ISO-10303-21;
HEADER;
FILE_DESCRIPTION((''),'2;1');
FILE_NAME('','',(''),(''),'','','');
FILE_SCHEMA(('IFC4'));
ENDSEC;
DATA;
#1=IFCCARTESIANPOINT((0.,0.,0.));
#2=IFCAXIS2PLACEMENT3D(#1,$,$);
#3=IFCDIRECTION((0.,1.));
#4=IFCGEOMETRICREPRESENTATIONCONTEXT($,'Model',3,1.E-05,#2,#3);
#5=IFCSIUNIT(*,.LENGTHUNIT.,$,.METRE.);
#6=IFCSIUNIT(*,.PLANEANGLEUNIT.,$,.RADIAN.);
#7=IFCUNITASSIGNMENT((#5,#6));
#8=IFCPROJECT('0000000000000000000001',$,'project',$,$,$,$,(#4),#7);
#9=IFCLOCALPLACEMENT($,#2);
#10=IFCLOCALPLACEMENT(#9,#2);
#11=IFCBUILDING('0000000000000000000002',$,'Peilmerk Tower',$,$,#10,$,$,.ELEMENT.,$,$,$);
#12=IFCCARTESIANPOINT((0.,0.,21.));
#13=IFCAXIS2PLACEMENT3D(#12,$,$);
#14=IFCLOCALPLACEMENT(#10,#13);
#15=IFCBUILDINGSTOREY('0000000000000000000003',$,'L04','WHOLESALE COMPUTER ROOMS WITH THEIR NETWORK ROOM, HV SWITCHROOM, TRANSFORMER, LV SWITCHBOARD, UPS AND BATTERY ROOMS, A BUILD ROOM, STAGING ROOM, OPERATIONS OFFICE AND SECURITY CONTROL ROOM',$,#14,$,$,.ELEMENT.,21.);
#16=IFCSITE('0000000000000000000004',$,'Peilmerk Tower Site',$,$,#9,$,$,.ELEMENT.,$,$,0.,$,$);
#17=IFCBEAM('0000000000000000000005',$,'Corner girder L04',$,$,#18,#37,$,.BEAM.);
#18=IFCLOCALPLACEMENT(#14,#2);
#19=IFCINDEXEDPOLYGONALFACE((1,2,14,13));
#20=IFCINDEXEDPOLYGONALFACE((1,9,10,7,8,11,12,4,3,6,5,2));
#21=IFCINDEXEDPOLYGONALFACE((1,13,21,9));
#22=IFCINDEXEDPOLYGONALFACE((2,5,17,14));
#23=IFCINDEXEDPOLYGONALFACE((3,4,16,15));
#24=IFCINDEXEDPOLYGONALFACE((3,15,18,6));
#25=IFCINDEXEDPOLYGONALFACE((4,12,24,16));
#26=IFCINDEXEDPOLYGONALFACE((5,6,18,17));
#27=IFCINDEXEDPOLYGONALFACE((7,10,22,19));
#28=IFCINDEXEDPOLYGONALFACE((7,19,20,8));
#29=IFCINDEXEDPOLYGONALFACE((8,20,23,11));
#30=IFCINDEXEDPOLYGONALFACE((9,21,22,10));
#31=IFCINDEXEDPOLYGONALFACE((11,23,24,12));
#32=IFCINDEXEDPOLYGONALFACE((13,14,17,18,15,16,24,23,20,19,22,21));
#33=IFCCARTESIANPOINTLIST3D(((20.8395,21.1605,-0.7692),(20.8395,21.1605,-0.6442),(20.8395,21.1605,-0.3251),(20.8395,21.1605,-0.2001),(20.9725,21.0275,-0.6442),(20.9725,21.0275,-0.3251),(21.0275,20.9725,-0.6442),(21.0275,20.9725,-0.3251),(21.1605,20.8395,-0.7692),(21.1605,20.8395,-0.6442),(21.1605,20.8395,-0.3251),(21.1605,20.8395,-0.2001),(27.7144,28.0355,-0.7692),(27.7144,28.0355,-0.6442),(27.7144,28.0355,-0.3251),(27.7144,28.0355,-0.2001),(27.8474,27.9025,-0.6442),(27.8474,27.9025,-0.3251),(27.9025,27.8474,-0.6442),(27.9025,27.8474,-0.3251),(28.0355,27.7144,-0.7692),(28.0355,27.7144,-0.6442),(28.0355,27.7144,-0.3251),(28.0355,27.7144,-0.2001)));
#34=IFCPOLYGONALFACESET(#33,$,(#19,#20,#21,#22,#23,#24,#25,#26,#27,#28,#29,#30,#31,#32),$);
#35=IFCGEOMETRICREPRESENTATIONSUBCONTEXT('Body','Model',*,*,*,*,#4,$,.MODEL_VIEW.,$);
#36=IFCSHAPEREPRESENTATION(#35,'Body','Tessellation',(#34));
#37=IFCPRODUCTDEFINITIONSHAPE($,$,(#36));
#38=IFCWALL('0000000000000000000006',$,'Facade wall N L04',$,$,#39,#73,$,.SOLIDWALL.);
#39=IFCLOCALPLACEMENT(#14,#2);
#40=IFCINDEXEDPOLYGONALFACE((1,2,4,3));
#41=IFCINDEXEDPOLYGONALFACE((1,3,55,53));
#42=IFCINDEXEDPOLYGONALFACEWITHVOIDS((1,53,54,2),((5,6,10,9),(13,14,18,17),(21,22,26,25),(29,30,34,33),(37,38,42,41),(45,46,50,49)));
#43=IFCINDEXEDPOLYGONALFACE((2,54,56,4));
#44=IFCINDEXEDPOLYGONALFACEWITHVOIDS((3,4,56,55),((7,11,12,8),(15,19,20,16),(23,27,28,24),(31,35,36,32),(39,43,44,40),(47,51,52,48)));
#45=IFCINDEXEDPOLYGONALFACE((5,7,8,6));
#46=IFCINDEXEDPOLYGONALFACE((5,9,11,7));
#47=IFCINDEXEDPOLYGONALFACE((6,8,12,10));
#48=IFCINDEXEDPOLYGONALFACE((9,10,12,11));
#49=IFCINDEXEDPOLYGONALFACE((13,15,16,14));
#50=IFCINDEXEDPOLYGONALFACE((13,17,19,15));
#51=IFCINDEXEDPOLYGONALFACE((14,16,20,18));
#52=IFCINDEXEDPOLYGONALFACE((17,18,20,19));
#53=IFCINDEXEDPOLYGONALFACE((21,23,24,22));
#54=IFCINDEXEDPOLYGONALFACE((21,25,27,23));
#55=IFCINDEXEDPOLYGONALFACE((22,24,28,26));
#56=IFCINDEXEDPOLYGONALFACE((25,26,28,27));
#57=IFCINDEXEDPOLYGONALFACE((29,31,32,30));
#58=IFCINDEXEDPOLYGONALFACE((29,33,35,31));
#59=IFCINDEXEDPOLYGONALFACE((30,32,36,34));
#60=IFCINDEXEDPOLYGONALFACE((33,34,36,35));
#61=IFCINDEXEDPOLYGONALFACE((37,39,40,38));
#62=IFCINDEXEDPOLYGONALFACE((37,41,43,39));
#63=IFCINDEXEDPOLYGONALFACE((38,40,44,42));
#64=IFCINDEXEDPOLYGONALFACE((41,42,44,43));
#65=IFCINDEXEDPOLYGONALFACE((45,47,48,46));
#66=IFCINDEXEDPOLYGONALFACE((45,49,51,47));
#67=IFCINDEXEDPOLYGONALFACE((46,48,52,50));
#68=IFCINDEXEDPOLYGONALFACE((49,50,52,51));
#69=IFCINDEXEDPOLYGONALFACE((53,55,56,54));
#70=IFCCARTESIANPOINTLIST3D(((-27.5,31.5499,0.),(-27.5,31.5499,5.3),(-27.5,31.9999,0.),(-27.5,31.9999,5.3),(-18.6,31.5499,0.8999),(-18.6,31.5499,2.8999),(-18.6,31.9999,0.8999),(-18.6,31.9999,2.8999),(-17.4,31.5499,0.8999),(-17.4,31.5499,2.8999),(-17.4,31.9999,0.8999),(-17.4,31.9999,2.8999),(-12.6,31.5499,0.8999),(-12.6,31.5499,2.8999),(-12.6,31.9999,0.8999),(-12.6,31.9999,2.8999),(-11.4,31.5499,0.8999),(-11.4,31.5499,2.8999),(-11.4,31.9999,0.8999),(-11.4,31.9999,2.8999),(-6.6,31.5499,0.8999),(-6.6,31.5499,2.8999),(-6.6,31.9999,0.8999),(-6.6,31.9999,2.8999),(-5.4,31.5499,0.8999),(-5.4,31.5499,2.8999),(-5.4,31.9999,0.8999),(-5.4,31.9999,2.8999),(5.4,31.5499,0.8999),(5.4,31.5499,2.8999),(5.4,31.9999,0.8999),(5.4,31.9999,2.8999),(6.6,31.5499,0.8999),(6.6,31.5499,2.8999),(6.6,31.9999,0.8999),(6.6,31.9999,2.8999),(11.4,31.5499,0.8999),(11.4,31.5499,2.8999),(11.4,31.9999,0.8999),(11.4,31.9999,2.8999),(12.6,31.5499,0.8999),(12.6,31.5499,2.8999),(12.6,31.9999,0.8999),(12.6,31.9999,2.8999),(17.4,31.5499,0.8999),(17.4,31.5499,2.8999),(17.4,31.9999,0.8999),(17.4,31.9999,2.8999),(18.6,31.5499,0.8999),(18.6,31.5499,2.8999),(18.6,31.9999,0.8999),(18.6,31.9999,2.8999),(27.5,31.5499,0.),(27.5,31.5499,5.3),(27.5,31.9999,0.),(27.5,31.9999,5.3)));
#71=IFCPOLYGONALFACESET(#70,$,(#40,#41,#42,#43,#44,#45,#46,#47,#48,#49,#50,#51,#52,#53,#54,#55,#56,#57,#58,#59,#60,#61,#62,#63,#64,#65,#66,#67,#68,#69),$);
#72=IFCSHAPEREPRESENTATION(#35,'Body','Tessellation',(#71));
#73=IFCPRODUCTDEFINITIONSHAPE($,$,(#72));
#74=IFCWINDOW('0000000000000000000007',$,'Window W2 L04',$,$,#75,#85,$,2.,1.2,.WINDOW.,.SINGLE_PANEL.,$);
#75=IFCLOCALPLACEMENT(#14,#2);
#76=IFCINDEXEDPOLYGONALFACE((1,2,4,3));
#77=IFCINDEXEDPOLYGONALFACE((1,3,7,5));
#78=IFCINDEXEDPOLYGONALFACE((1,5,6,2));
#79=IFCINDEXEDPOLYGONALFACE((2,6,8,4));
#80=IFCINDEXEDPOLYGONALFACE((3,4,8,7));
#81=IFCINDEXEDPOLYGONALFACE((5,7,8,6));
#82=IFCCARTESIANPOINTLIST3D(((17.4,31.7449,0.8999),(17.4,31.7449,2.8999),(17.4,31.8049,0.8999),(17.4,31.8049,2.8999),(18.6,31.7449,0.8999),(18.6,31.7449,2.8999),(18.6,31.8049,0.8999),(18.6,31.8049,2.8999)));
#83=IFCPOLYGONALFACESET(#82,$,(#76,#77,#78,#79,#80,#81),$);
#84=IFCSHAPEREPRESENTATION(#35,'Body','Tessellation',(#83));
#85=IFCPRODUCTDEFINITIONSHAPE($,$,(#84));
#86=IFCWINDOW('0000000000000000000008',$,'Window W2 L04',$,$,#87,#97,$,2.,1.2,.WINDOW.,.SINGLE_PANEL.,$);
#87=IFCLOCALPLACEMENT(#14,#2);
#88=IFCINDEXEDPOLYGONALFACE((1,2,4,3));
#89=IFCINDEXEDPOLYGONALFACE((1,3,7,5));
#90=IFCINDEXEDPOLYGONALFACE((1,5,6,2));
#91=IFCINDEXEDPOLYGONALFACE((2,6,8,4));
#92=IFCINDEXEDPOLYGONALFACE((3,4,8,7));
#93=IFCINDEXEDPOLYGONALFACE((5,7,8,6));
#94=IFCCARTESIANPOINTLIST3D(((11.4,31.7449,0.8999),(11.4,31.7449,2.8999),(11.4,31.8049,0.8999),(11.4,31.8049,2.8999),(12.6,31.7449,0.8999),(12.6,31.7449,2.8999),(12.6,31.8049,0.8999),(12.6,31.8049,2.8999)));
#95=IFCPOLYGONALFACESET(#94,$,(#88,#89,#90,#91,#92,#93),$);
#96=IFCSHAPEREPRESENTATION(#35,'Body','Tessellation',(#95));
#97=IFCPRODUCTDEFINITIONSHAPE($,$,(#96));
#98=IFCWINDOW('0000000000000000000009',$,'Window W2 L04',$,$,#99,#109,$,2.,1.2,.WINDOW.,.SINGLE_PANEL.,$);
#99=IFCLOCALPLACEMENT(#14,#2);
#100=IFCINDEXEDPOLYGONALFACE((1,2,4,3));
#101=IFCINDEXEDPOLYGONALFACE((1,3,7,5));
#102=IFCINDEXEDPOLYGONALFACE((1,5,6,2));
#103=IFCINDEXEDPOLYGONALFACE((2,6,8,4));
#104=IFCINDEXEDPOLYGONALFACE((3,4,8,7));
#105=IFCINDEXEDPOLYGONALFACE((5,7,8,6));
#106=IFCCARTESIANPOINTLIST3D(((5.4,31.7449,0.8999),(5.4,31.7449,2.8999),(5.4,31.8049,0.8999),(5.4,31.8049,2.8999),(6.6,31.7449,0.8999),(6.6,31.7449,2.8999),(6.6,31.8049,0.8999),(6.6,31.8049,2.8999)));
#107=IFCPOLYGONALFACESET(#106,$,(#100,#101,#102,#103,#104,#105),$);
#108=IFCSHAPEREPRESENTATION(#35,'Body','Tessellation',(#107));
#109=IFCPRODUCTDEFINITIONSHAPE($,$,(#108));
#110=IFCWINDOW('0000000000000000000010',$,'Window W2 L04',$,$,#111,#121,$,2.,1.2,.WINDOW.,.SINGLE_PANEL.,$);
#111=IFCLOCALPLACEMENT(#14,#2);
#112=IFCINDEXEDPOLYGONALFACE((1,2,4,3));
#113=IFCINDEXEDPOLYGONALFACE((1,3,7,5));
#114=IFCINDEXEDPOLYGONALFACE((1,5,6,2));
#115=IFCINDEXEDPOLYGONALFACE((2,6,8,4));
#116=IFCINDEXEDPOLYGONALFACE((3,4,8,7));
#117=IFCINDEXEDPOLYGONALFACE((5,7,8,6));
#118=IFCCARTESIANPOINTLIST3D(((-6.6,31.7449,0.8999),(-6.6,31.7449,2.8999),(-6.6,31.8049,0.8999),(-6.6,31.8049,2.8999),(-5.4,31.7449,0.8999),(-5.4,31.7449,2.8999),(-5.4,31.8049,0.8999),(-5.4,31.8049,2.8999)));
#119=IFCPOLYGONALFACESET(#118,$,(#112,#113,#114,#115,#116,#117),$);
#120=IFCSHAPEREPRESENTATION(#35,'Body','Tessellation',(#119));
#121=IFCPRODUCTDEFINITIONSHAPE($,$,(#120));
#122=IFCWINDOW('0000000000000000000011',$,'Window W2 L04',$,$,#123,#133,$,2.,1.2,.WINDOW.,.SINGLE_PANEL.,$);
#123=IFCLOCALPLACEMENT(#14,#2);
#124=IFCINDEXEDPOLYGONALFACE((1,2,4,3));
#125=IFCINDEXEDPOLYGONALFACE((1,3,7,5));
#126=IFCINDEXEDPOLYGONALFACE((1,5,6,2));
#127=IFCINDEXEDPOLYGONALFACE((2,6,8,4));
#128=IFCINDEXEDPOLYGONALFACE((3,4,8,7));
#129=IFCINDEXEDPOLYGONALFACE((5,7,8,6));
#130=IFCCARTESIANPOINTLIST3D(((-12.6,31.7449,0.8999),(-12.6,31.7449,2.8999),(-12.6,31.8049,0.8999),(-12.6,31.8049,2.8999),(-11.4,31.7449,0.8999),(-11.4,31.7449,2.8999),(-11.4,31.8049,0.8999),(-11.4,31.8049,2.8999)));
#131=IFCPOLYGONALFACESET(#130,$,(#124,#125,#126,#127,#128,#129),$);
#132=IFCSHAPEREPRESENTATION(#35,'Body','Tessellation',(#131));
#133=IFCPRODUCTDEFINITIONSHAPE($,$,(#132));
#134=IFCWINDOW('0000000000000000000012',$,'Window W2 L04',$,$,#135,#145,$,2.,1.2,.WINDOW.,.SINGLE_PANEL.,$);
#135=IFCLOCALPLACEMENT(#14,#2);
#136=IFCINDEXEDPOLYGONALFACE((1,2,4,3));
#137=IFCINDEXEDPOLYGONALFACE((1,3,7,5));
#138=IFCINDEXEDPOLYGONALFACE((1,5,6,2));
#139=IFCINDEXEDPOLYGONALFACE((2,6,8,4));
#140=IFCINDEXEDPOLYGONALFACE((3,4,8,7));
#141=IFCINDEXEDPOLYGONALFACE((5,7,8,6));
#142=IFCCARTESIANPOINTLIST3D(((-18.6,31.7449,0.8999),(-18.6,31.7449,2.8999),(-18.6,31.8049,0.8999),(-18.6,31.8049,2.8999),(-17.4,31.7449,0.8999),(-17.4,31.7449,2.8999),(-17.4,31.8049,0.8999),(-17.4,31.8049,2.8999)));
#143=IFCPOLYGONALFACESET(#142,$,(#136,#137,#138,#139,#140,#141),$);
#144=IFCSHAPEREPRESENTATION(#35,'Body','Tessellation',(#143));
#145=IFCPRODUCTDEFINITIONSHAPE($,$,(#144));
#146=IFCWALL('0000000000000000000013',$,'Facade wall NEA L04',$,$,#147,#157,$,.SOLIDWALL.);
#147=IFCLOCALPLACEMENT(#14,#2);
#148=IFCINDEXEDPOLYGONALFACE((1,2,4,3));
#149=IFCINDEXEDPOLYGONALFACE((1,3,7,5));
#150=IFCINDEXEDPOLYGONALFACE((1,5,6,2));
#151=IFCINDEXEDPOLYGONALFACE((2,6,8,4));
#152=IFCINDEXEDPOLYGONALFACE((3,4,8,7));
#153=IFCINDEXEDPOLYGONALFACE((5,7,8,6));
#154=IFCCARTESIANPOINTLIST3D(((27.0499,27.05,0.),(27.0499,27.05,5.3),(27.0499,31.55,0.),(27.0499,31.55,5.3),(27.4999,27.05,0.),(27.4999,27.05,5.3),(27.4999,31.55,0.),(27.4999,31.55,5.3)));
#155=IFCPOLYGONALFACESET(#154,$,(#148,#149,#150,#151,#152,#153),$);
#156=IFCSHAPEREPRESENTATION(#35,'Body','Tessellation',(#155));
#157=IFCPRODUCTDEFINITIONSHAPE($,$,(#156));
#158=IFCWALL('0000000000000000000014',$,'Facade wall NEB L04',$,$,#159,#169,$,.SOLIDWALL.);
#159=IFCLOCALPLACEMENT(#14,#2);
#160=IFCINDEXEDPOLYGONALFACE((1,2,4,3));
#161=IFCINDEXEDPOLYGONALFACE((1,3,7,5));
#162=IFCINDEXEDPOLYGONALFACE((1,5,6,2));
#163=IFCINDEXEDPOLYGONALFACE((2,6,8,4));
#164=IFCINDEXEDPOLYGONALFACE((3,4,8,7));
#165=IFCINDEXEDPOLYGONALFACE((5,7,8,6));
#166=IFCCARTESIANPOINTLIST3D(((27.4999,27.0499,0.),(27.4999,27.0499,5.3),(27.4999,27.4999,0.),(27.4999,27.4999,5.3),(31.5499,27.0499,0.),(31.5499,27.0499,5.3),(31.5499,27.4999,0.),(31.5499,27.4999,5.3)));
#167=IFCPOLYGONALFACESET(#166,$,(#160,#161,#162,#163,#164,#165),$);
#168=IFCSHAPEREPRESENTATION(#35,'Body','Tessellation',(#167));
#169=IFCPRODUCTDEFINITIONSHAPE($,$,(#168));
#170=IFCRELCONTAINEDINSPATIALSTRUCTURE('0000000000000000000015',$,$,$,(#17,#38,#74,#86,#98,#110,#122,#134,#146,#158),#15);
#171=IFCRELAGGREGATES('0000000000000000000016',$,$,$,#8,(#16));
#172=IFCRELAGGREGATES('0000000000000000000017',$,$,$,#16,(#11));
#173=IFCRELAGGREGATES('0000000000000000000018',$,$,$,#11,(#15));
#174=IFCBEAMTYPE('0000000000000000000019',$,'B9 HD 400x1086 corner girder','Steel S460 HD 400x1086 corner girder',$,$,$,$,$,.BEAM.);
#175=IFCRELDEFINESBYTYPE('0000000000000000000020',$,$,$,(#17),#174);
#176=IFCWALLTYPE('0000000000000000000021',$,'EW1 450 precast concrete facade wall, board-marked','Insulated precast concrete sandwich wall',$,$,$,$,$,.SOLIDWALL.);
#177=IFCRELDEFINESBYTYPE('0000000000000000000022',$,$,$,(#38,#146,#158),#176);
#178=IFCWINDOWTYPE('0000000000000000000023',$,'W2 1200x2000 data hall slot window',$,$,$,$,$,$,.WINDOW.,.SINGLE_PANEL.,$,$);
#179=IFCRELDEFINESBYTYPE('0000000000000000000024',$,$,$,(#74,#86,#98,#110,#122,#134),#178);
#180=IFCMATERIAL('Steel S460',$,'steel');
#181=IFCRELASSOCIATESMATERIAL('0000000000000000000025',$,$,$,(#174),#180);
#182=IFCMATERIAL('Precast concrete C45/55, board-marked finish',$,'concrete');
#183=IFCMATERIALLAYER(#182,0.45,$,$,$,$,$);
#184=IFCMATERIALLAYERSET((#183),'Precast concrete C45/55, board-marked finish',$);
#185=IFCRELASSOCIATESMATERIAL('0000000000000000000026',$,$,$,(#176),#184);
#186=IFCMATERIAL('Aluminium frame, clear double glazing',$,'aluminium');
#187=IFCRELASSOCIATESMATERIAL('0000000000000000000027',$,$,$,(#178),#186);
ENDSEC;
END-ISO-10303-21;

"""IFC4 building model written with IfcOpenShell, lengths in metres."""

from ifc_helpers import new_model, si_unit, direction, frame, frame_2d, origin, origin_2d, place, context, subcontext, project, spatial, rectangle, i_section, extrude, material, layer, layer_set, material_profile, profile_set, type_object, element, fill, save


model = new_model("IFC4")

# Units and contexts
model_context = context("Model", 3, precision=1e-05, world=origin(), true_north=direction((0.0, 1.0)))
body_context = subcontext(model_context, "Body", "Model", "MODEL_VIEW")
ifc_project = project(units=[si_unit("LENGTHUNIT", "METRE"), si_unit("PLANEANGLEUNIT", "RADIAN")], contexts=[model_context])

# Site, building, storey
site_placement = place(None, origin())
site = spatial("IfcSite", under=ifc_project, at=site_placement, Name="Peilmerk Tower Site", CompositionType="ELEMENT", RefElevation=0.0)
building_placement = place(site_placement, origin())
building = spatial("IfcBuilding", under=site, at=building_placement, Name="Peilmerk Tower", CompositionType="ELEMENT")
storey_placement = place(building_placement, frame((0.0, 0.0, 21.0)))
storey = spatial("IfcBuildingStorey", under=building, at=storey_placement, Name="L04", Description="WHOLESALE COMPUTER ROOMS WITH THEIR NETWORK ROOM, HV SWITCHROOM, TRANSFORMER, LV SWITCHBOARD, UPS AND BATTERY ROOMS, A BUILD ROOM, STAGING ROOM, OPERATIONS OFFICE AND SECURITY CONTROL ROOM", CompositionType="ELEMENT", Elevation=21.0)

# Beam
ifc_material_1 = material(Name="Steel S460", Category="steel")
ifc_material_profile_1 = material_profile(ifc_material_1, i_section(OverallWidth=0.4541, OverallDepth=0.5691, WebThickness=0.0779, FlangeThickness=0.125, at=origin_2d()), Name="HD 400x1086")
ifc_profile_set_1 = profile_set([ifc_material_profile_1], Name="Steel S460")
beam_type_1 = type_object("IfcBeamType", Name="B9 HD 400x1086 corner girder", Description="Steel S460 HD 400x1086 corner girder", PredefinedType="BEAM", material=ifc_profile_set_1)
beam_1_placement = place(storey_placement, frame((21.0, 21.0, -0.4846), z_axis=(0.707107, 0.707107, 0.0), x_axis=(-0.707107, 0.707107, 0.0)))
element("IfcBeam", 1, at=beam_1_placement, inside=storey, type_object=beam_type_1, Name="Corner girder L04", PredefinedType="BEAM", context=body_context, shape_type="SweptSolid", body=[
    extrude(i_section(OverallWidth=0.4541, OverallDepth=0.5691, WebThickness=0.0779, FlangeThickness=0.125, at=origin_2d()), origin(), (0.0, 0.0, 1.0), 9.7227),
])

# Wall, openings, windows
ifc_material_2 = material(Name="Precast concrete C45/55, board-marked finish", Category="concrete")
ifc_layer = layer(ifc_material_2, 0.45)
ifc_layer_set = layer_set([ifc_layer], Name="Precast concrete C45/55, board-marked finish")
wall_type = type_object("IfcWallType", Name="EW1 450 precast concrete facade wall, board-marked", Description="Insulated precast concrete sandwich wall", PredefinedType="SOLIDWALL", material=ifc_layer_set)
wall_1_placement = place(storey_placement, frame((27.5, 31.7749, 0.0), z_axis=(0.0, 0.0, 1.0), x_axis=(-1.0, 0.0, 0.0)))
wall_1 = element("IfcWall", 2, at=wall_1_placement, inside=storey, type_object=wall_type, Name="Facade wall N L04", PredefinedType="SOLIDWALL", context=body_context, shape_type="SweptSolid", body=[
    extrude(rectangle(XDim=55.0, YDim=0.45, at=frame_2d((27.5, 0.0))), origin(), (0.0, 0.0, 1.0), 5.3),
])
opening_1_placement = place(wall_1_placement, frame((8.8999, 0.0, 0.8999)))
opening_1 = element("IfcOpeningElement", 3, at=opening_1_placement, cuts=wall_1, PredefinedType="OPENING", context=body_context, shape_type="SweptSolid", body=[
    extrude(rectangle(XDim=1.2, YDim=2.0, at=frame_2d((0.6001, 1.0))), frame((0.0, 0.2349, 0.0), z_axis=(0.0, -1.0, 0.0), x_axis=(1.0, 0.0, 0.0)), (0.0, 0.0, 1.0), 0.47),
])
opening_2_placement = place(wall_1_placement, frame((14.8999, 0.0, 0.8999)))
opening_2 = element("IfcOpeningElement", 4, at=opening_2_placement, cuts=wall_1, PredefinedType="OPENING", context=body_context, shape_type="SweptSolid", body=[
    extrude(rectangle(XDim=1.2, YDim=2.0, at=frame_2d((0.6001, 1.0))), frame((0.0, 0.2349, 0.0), z_axis=(0.0, -1.0, 0.0), x_axis=(1.0, 0.0, 0.0)), (0.0, 0.0, 1.0), 0.47),
])
opening_3_placement = place(wall_1_placement, frame((20.8999, 0.0, 0.8999)))
opening_3 = element("IfcOpeningElement", 5, at=opening_3_placement, cuts=wall_1, PredefinedType="OPENING", context=body_context, shape_type="SweptSolid", body=[
    extrude(rectangle(XDim=1.2, YDim=2.0, at=frame_2d((0.6001, 1.0))), frame((0.0, 0.2349, 0.0), z_axis=(0.0, -1.0, 0.0), x_axis=(1.0, 0.0, 0.0)), (0.0, 0.0, 1.0), 0.47),
])
opening_4_placement = place(wall_1_placement, frame((32.8999, 0.0, 0.8999)))
opening_4 = element("IfcOpeningElement", 6, at=opening_4_placement, cuts=wall_1, PredefinedType="OPENING", context=body_context, shape_type="SweptSolid", body=[
    extrude(rectangle(XDim=1.2, YDim=2.0, at=frame_2d((0.6001, 1.0))), frame((0.0, 0.2349, 0.0), z_axis=(0.0, -1.0, 0.0), x_axis=(1.0, 0.0, 0.0)), (0.0, 0.0, 1.0), 0.47),
])
opening_5_placement = place(wall_1_placement, frame((38.8999, 0.0, 0.8999)))
opening_5 = element("IfcOpeningElement", 7, at=opening_5_placement, cuts=wall_1, PredefinedType="OPENING", context=body_context, shape_type="SweptSolid", body=[
    extrude(rectangle(XDim=1.2, YDim=2.0, at=frame_2d((0.6001, 1.0))), frame((0.0, 0.2349, 0.0), z_axis=(0.0, -1.0, 0.0), x_axis=(1.0, 0.0, 0.0)), (0.0, 0.0, 1.0), 0.47),
])
opening_6_placement = place(wall_1_placement, frame((44.8999, 0.0, 0.8999)))
opening_6 = element("IfcOpeningElement", 8, at=opening_6_placement, cuts=wall_1, PredefinedType="OPENING", context=body_context, shape_type="SweptSolid", body=[
    extrude(rectangle(XDim=1.2, YDim=2.0, at=frame_2d((0.6001, 1.0))), frame((0.0, 0.2349, 0.0), z_axis=(0.0, -1.0, 0.0), x_axis=(1.0, 0.0, 0.0)), (0.0, 0.0, 1.0), 0.47),
])
ifc_material_3 = material(Name="Aluminium frame, clear double glazing", Category="aluminium")
window_type = type_object("IfcWindowType", Name="W2 1200x2000 data hall slot window", PartitioningType="SINGLE_PANEL", PredefinedType="WINDOW", material=ifc_material_3)
window_1_placement = place(opening_1_placement, origin())
window_1 = element("IfcWindow", 9, at=window_1_placement, inside=storey, type_object=window_type, Name="Window W2 L04", OverallHeight=2.0, OverallWidth=1.2, PartitioningType="SINGLE_PANEL", PredefinedType="WINDOW", context=body_context, shape_type="SweptSolid", body=[
    extrude(rectangle(XDim=1.2, YDim=2.0, at=frame_2d((0.6001, 1.0))), frame((0.0, 0.03, 0.0), z_axis=(0.0, -1.0, 0.0), x_axis=(1.0, 0.0, 0.0)), (0.0, 0.0, 1.0), 0.0601),
])
fill(opening_1, window_1)
window_2_placement = place(opening_2_placement, origin())
window_2 = element("IfcWindow", 10, at=window_2_placement, inside=storey, type_object=window_type, Name="Window W2 L04", OverallHeight=2.0, OverallWidth=1.2, PartitioningType="SINGLE_PANEL", PredefinedType="WINDOW", context=body_context, shape_type="SweptSolid", body=[
    extrude(rectangle(XDim=1.2, YDim=2.0, at=frame_2d((0.6001, 1.0))), frame((0.0, 0.03, 0.0), z_axis=(0.0, -1.0, 0.0), x_axis=(1.0, 0.0, 0.0)), (0.0, 0.0, 1.0), 0.0601),
])
fill(opening_2, window_2)
window_3_placement = place(opening_3_placement, origin())
window_3 = element("IfcWindow", 11, at=window_3_placement, inside=storey, type_object=window_type, Name="Window W2 L04", OverallHeight=2.0, OverallWidth=1.2, PartitioningType="SINGLE_PANEL", PredefinedType="WINDOW", context=body_context, shape_type="SweptSolid", body=[
    extrude(rectangle(XDim=1.2, YDim=2.0, at=frame_2d((0.6001, 1.0))), frame((0.0, 0.03, 0.0), z_axis=(0.0, -1.0, 0.0), x_axis=(1.0, 0.0, 0.0)), (0.0, 0.0, 1.0), 0.0601),
])
fill(opening_3, window_3)
window_4_placement = place(opening_4_placement, origin())
window_4 = element("IfcWindow", 12, at=window_4_placement, inside=storey, type_object=window_type, Name="Window W2 L04", OverallHeight=2.0, OverallWidth=1.2, PartitioningType="SINGLE_PANEL", PredefinedType="WINDOW", context=body_context, shape_type="SweptSolid", body=[
    extrude(rectangle(XDim=1.2, YDim=2.0, at=frame_2d((0.6001, 1.0))), frame((0.0, 0.03, 0.0), z_axis=(0.0, -1.0, 0.0), x_axis=(1.0, 0.0, 0.0)), (0.0, 0.0, 1.0), 0.0601),
])
fill(opening_4, window_4)
window_5_placement = place(opening_5_placement, origin())
window_5 = element("IfcWindow", 13, at=window_5_placement, inside=storey, type_object=window_type, Name="Window W2 L04", OverallHeight=2.0, OverallWidth=1.2, PartitioningType="SINGLE_PANEL", PredefinedType="WINDOW", context=body_context, shape_type="SweptSolid", body=[
    extrude(rectangle(XDim=1.2, YDim=2.0, at=frame_2d((0.6001, 1.0))), frame((0.0, 0.03, 0.0), z_axis=(0.0, -1.0, 0.0), x_axis=(1.0, 0.0, 0.0)), (0.0, 0.0, 1.0), 0.0601),
])
fill(opening_5, window_5)
window_6_placement = place(opening_6_placement, origin())
window_6 = element("IfcWindow", 14, at=window_6_placement, inside=storey, type_object=window_type, Name="Window W2 L04", OverallHeight=2.0, OverallWidth=1.2, PartitioningType="SINGLE_PANEL", PredefinedType="WINDOW", context=body_context, shape_type="SweptSolid", body=[
    extrude(rectangle(XDim=1.2, YDim=2.0, at=frame_2d((0.6001, 1.0))), frame((0.0, 0.03, 0.0), z_axis=(0.0, -1.0, 0.0), x_axis=(1.0, 0.0, 0.0)), (0.0, 0.0, 1.0), 0.0601),
])
fill(opening_6, window_6)

# Walls
wall_2_placement = place(storey_placement, frame((27.2749, 27.05, 0.0), z_axis=(0.0, 0.0, 1.0), x_axis=(0.0, 1.0, 0.0)))
element("IfcWall", 15, at=wall_2_placement, inside=storey, type_object=wall_type, Name="Facade wall NEA L04", PredefinedType="SOLIDWALL", context=body_context, shape_type="SweptSolid", body=[
    extrude(rectangle(XDim=4.5, YDim=0.45, at=frame_2d((2.25, 0.0))), origin(), (0.0, 0.0, 1.0), 5.3),
])
wall_3_placement = place(storey_placement, frame((27.5, 27.2749, 0.0), z_axis=(0.0, 0.0, 1.0), x_axis=(1.0, 0.0, 0.0)))
element("IfcWall", 16, at=wall_3_placement, inside=storey, type_object=wall_type, Name="Facade wall NEB L04", PredefinedType="SOLIDWALL", context=body_context, shape_type="SweptSolid", body=[
    extrude(rectangle(XDim=4.05, YDim=0.45, at=frame_2d((2.0249, 0.0))), origin(), (0.0, 0.0, 1.0), 5.3),
])

save(model, "model.ifc")
